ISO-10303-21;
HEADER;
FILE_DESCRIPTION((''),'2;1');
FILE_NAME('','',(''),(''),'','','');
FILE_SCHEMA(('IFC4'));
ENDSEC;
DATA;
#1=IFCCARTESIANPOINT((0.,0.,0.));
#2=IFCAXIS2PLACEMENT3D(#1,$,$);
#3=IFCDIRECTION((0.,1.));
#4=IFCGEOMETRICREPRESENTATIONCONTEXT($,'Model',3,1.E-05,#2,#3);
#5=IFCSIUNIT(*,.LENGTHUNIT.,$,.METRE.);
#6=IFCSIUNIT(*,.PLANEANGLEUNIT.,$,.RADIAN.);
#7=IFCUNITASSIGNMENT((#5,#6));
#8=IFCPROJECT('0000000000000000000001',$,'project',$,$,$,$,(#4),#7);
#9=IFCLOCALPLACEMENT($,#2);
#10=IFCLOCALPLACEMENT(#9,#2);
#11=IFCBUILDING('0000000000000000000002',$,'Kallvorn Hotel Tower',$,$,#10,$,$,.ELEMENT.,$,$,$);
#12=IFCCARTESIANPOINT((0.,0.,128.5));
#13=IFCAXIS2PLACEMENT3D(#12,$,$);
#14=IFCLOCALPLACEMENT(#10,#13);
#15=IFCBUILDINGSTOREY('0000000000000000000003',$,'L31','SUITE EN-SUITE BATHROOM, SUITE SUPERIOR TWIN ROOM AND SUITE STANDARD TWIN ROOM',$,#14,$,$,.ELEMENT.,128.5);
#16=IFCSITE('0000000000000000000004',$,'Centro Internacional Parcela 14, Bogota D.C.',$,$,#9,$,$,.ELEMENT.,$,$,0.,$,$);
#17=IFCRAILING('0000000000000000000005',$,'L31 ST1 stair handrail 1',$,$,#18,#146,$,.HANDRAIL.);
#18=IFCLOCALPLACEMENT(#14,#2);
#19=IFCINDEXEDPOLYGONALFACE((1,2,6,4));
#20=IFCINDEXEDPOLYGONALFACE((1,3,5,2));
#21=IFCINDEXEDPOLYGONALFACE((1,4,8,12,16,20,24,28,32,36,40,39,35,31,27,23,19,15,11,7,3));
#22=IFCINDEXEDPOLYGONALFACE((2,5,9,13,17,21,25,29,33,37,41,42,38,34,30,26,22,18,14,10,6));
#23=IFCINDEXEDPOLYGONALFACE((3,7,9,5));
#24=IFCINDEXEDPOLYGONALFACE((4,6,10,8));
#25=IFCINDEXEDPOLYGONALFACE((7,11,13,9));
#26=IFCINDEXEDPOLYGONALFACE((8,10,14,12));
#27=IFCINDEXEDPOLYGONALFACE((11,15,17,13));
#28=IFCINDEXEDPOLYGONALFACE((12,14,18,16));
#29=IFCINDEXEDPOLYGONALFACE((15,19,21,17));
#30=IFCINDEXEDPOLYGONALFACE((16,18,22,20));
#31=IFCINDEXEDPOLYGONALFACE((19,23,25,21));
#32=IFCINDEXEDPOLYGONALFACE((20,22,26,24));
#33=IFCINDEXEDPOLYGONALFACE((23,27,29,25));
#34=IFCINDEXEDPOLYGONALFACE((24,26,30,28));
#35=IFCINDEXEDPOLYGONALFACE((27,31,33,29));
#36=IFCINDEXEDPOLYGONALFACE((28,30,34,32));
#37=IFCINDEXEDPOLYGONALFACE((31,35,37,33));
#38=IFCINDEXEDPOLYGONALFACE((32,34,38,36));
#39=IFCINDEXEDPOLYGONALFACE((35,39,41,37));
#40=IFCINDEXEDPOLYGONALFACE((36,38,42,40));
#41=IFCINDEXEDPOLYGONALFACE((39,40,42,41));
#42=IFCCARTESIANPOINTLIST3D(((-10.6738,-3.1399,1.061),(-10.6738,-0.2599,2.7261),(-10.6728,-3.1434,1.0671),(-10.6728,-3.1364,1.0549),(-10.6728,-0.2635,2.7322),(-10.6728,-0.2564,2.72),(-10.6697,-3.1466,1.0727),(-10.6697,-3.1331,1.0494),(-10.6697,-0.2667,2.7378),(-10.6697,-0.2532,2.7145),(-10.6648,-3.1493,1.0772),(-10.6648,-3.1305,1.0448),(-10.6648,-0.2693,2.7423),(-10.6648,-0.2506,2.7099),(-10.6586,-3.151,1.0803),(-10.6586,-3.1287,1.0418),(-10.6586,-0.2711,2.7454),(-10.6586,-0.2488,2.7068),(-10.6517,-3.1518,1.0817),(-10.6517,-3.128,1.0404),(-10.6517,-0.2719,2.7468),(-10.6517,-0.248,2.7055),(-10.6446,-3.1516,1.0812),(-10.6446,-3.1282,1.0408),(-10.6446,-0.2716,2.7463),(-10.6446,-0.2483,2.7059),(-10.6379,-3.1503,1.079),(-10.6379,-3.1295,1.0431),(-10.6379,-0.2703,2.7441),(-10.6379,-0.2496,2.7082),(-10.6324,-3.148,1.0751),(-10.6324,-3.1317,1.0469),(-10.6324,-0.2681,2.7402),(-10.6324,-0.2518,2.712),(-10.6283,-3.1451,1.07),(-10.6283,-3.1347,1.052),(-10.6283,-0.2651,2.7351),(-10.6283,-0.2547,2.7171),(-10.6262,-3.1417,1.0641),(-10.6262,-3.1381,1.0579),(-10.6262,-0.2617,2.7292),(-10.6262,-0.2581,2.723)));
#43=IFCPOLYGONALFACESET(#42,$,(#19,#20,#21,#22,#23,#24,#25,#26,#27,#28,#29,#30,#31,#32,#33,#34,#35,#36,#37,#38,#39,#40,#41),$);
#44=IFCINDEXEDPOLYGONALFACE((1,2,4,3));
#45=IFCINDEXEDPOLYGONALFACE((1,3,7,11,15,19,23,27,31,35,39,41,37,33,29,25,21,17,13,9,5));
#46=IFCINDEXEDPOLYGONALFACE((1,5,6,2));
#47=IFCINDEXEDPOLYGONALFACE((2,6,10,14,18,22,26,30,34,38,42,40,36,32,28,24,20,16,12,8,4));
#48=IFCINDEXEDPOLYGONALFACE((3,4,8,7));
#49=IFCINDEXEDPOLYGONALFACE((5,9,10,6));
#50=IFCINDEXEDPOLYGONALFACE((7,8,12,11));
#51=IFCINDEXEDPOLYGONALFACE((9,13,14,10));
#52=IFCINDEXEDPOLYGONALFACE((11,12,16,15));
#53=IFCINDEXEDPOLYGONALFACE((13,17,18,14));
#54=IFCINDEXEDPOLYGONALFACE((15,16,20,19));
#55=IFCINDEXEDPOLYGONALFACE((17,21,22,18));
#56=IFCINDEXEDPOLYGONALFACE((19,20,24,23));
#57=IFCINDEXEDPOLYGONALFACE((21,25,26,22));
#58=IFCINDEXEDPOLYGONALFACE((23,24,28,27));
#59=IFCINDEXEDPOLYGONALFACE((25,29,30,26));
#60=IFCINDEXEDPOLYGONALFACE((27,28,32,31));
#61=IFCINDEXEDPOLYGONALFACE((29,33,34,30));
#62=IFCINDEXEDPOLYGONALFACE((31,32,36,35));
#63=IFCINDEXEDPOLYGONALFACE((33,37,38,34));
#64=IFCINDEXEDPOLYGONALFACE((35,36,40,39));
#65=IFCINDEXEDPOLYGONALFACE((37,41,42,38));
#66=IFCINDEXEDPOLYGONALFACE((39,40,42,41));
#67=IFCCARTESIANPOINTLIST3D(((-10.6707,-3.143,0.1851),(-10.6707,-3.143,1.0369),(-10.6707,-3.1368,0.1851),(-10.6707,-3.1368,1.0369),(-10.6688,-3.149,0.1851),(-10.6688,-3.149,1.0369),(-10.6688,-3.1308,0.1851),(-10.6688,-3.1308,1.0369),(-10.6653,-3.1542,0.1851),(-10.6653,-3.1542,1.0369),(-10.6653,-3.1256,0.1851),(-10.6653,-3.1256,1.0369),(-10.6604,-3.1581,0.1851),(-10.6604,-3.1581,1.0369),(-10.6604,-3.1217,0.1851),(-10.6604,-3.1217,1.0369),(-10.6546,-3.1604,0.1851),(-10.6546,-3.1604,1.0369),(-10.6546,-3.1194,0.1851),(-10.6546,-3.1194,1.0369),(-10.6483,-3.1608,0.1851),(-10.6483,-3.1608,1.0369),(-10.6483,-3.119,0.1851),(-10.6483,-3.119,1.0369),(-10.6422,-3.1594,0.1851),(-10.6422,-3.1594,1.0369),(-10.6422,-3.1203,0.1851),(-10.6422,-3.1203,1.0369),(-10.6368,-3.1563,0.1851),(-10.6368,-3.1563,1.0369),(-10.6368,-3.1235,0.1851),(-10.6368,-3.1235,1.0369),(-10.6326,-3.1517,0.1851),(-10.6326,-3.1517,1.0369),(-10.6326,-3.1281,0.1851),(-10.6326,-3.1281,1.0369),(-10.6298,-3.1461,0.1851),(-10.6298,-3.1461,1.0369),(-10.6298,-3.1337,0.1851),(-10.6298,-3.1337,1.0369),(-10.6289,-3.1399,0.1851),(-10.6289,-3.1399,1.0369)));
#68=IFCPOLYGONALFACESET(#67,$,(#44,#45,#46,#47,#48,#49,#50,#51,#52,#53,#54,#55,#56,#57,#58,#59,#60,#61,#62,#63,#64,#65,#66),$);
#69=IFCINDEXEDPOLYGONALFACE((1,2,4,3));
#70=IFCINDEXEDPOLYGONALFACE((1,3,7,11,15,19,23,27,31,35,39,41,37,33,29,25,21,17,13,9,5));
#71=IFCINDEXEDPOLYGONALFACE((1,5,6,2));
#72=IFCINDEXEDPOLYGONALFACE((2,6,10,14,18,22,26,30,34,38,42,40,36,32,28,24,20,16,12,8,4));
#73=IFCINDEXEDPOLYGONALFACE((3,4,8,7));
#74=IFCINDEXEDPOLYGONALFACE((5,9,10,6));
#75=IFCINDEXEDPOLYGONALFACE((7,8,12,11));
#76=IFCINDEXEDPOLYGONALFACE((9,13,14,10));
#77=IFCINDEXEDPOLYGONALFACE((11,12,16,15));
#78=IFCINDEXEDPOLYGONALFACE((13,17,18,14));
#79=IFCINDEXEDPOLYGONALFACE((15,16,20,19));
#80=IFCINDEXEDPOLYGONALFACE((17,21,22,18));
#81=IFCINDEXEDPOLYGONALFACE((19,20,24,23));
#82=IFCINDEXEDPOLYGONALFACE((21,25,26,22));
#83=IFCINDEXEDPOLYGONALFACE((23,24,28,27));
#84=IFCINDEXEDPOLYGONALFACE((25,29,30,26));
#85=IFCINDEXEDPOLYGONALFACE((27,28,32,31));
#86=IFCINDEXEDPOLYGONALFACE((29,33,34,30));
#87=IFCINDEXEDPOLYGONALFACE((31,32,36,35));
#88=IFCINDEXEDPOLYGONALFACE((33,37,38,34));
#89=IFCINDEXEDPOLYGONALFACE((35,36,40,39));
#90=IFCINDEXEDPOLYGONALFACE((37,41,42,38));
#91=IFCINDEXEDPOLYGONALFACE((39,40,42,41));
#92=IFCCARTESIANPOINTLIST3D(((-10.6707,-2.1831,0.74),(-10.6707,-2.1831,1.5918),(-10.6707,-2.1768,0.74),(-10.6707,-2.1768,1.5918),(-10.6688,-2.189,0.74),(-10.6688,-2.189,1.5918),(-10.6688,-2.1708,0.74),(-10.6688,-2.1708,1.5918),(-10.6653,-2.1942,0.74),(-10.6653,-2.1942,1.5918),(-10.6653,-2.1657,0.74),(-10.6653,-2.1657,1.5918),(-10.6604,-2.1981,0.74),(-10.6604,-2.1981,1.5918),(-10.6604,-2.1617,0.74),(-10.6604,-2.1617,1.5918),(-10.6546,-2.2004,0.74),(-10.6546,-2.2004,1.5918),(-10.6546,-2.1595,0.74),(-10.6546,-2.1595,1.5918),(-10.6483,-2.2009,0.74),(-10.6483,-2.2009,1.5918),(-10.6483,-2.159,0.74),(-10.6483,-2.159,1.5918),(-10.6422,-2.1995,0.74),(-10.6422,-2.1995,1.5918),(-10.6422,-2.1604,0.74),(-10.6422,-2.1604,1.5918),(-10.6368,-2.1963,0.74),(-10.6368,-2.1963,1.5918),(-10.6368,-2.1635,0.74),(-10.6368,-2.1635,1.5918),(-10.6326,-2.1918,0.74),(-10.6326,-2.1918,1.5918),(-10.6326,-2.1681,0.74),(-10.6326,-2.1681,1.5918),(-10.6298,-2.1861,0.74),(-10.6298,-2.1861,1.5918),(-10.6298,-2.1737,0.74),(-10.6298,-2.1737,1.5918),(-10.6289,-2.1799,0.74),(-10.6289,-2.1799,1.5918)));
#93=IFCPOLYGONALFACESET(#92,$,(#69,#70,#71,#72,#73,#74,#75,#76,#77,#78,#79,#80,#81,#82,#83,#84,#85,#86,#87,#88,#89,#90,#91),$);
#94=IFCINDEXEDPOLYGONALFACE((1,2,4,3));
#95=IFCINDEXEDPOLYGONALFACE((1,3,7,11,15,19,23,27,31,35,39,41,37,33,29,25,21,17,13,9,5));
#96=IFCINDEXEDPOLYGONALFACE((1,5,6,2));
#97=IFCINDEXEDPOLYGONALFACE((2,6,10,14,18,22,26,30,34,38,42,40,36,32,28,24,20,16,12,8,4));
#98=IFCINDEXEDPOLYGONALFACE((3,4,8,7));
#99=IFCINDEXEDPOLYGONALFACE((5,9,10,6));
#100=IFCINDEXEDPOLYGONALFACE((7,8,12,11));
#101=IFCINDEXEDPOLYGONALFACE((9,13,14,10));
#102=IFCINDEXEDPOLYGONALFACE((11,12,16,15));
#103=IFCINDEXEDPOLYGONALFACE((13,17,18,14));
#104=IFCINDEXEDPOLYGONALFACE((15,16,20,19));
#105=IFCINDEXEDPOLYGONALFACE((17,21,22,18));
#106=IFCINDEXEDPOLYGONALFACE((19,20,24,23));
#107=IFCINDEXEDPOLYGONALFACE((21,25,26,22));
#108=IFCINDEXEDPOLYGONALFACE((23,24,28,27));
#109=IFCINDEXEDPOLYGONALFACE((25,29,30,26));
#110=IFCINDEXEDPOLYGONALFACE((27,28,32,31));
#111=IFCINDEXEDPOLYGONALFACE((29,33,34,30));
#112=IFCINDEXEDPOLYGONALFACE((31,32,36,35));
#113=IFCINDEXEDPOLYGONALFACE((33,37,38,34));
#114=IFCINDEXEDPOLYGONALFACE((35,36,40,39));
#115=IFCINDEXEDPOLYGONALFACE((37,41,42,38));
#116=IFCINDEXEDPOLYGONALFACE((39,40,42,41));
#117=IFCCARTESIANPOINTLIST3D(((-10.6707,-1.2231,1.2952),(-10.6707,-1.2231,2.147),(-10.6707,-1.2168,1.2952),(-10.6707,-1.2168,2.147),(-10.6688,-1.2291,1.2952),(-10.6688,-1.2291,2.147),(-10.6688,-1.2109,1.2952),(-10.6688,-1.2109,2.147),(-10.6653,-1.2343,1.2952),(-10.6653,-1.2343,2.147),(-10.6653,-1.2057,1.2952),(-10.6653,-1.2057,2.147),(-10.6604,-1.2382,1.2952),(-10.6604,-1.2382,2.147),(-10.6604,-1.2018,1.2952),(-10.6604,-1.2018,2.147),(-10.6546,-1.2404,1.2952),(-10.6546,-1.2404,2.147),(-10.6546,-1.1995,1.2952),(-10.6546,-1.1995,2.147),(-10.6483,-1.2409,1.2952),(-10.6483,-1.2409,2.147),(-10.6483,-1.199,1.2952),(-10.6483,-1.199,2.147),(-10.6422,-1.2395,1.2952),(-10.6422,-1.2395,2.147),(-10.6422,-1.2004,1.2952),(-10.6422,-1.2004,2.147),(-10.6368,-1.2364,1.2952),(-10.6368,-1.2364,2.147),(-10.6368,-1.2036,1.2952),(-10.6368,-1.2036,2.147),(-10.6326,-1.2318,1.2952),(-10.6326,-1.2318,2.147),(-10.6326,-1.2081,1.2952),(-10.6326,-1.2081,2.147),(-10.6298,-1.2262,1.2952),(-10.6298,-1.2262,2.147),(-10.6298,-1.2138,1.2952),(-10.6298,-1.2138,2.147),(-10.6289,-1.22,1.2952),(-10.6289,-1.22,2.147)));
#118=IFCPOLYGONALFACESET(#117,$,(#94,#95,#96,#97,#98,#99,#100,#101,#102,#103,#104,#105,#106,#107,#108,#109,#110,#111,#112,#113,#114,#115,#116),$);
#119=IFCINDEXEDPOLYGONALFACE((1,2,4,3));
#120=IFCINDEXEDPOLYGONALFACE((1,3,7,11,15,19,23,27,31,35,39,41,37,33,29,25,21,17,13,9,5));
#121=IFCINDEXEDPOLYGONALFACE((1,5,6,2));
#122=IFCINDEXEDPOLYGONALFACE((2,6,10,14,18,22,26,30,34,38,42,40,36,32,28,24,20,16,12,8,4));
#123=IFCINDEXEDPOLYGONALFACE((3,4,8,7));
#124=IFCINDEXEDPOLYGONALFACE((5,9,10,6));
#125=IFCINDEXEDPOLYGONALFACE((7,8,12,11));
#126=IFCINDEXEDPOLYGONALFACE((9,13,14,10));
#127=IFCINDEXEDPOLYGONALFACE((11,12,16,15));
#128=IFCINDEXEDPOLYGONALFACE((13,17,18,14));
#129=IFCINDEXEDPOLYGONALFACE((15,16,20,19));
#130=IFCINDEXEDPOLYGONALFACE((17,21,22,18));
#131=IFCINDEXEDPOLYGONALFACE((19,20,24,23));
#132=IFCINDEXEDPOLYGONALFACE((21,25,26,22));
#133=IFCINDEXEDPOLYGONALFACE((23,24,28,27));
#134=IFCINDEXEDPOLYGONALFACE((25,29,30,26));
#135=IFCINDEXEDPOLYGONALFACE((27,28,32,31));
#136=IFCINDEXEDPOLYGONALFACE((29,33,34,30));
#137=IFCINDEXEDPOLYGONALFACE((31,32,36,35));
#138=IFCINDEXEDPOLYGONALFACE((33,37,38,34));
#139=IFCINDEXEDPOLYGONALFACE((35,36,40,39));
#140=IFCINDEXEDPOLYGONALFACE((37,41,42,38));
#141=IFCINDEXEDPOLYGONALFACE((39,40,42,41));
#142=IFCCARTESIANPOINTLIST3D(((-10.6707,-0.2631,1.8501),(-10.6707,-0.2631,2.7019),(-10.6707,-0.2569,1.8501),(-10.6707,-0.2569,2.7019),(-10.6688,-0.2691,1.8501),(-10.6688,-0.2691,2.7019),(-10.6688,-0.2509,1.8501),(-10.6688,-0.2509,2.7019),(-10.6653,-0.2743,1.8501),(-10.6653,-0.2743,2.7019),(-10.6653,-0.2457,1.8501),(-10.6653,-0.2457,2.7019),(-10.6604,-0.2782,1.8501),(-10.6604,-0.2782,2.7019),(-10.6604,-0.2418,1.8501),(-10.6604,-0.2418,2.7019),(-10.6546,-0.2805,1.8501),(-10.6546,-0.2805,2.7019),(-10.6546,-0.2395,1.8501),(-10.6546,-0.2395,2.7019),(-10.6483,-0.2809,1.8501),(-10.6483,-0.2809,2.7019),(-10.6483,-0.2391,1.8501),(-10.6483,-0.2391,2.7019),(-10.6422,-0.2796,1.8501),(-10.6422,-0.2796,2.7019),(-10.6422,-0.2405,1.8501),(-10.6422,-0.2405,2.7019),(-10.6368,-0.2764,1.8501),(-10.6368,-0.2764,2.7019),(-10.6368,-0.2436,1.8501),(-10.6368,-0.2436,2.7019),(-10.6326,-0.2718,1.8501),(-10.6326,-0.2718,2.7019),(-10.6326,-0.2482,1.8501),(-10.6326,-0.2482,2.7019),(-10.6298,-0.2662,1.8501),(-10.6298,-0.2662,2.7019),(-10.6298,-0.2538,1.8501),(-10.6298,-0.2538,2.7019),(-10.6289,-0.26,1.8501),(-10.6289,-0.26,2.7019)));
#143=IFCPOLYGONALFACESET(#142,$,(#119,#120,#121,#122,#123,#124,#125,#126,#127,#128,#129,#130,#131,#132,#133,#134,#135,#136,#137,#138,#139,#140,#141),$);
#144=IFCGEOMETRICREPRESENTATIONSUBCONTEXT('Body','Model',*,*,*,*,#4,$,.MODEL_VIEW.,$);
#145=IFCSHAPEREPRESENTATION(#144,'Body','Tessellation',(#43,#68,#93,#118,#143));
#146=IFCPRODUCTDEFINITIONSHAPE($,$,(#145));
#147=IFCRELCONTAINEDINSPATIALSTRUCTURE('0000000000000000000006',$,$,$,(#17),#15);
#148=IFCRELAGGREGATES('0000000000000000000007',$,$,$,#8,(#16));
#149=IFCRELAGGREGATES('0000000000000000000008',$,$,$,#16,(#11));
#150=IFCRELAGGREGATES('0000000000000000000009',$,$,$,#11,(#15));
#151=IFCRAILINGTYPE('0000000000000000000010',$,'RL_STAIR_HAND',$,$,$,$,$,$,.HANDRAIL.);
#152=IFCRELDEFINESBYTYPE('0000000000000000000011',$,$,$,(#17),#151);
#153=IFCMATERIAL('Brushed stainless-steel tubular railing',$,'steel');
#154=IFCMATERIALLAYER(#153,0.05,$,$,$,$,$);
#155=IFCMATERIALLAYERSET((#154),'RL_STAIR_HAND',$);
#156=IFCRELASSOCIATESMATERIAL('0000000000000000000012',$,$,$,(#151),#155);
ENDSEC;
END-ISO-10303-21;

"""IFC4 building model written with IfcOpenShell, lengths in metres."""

from ifc_helpers import new_model, si_unit, direction, frame, origin, origin_2d, place, context, subcontext, project, spatial, circle, extrude, material, layer, layer_set, type_object, element, save


model = new_model("IFC4")

# Units and contexts
model_context = context("Model", 3, precision=1e-05, world=origin(), true_north=direction((0.0, 1.0)))
body_context = subcontext(model_context, "Body", "Model", "MODEL_VIEW")
ifc_project = project(units=[si_unit("LENGTHUNIT", "METRE"), si_unit("PLANEANGLEUNIT", "RADIAN")], contexts=[model_context])

# Site, building, storey
site_placement = place(None, origin())
site = spatial("IfcSite", under=ifc_project, at=site_placement, Name="Centro Internacional Parcela 14, Bogota D.C.", CompositionType="ELEMENT", RefElevation=0.0)
building_placement = place(site_placement, origin())
building = spatial("IfcBuilding", under=site, at=building_placement, Name="Kallvorn Hotel Tower", CompositionType="ELEMENT")
storey_placement = place(building_placement, frame((0.0, 0.0, 128.5)))
storey = spatial("IfcBuildingStorey", under=building, at=storey_placement, Name="L31", Description="SUITE EN-SUITE BATHROOM, SUITE SUPERIOR TWIN ROOM AND SUITE STANDARD TWIN ROOM", CompositionType="ELEMENT", Elevation=128.5)

# Railing
ifc_material_1 = material(Name="Brushed stainless-steel tubular railing", Category="steel")
ifc_layer_1 = layer(ifc_material_1, 0.05)
ifc_layer_set_1 = layer_set([ifc_layer_1], Name="RL_STAIR_HAND")
railing_type_1 = type_object("IfcRailingType", Name="RL_STAIR_HAND", PredefinedType="HANDRAIL", material=ifc_layer_set_1)
railing_1_placement = place(storey_placement, frame((-10.6499, -3.1399, 0.1851)))
element("IfcRailing", 1, at=railing_1_placement, inside=storey, type_object=railing_type_1, Name="L31 ST1 stair handrail 1", PredefinedType="HANDRAIL", context=body_context, shape_type="SweptSolid", body=[
    extrude(circle(Radius=0.0239, at=origin_2d()), frame((0.0, 0.0, 0.876), z_axis=(0.0, 0.865721, 0.500527), x_axis=(-1.0, 0.0, 0.0)), (0.0, 0.0, 1.0), 3.3267),
    extrude(circle(Radius=0.021, at=origin_2d()), origin(), (0.0, 0.0, 1.0), 0.8518),
    extrude(circle(Radius=0.021, at=origin_2d()), frame((0.0, 0.96, 0.5549)), (0.0, 0.0, 1.0), 0.8518),
    extrude(circle(Radius=0.021, at=origin_2d()), frame((0.0, 1.9199, 1.1101)), (0.0, 0.0, 1.0), 0.8518),
    extrude(circle(Radius=0.021, at=origin_2d()), frame((0.0, 2.8799, 1.665)), (0.0, 0.0, 1.0), 0.8518),
])

save(model, "model.ifc")
